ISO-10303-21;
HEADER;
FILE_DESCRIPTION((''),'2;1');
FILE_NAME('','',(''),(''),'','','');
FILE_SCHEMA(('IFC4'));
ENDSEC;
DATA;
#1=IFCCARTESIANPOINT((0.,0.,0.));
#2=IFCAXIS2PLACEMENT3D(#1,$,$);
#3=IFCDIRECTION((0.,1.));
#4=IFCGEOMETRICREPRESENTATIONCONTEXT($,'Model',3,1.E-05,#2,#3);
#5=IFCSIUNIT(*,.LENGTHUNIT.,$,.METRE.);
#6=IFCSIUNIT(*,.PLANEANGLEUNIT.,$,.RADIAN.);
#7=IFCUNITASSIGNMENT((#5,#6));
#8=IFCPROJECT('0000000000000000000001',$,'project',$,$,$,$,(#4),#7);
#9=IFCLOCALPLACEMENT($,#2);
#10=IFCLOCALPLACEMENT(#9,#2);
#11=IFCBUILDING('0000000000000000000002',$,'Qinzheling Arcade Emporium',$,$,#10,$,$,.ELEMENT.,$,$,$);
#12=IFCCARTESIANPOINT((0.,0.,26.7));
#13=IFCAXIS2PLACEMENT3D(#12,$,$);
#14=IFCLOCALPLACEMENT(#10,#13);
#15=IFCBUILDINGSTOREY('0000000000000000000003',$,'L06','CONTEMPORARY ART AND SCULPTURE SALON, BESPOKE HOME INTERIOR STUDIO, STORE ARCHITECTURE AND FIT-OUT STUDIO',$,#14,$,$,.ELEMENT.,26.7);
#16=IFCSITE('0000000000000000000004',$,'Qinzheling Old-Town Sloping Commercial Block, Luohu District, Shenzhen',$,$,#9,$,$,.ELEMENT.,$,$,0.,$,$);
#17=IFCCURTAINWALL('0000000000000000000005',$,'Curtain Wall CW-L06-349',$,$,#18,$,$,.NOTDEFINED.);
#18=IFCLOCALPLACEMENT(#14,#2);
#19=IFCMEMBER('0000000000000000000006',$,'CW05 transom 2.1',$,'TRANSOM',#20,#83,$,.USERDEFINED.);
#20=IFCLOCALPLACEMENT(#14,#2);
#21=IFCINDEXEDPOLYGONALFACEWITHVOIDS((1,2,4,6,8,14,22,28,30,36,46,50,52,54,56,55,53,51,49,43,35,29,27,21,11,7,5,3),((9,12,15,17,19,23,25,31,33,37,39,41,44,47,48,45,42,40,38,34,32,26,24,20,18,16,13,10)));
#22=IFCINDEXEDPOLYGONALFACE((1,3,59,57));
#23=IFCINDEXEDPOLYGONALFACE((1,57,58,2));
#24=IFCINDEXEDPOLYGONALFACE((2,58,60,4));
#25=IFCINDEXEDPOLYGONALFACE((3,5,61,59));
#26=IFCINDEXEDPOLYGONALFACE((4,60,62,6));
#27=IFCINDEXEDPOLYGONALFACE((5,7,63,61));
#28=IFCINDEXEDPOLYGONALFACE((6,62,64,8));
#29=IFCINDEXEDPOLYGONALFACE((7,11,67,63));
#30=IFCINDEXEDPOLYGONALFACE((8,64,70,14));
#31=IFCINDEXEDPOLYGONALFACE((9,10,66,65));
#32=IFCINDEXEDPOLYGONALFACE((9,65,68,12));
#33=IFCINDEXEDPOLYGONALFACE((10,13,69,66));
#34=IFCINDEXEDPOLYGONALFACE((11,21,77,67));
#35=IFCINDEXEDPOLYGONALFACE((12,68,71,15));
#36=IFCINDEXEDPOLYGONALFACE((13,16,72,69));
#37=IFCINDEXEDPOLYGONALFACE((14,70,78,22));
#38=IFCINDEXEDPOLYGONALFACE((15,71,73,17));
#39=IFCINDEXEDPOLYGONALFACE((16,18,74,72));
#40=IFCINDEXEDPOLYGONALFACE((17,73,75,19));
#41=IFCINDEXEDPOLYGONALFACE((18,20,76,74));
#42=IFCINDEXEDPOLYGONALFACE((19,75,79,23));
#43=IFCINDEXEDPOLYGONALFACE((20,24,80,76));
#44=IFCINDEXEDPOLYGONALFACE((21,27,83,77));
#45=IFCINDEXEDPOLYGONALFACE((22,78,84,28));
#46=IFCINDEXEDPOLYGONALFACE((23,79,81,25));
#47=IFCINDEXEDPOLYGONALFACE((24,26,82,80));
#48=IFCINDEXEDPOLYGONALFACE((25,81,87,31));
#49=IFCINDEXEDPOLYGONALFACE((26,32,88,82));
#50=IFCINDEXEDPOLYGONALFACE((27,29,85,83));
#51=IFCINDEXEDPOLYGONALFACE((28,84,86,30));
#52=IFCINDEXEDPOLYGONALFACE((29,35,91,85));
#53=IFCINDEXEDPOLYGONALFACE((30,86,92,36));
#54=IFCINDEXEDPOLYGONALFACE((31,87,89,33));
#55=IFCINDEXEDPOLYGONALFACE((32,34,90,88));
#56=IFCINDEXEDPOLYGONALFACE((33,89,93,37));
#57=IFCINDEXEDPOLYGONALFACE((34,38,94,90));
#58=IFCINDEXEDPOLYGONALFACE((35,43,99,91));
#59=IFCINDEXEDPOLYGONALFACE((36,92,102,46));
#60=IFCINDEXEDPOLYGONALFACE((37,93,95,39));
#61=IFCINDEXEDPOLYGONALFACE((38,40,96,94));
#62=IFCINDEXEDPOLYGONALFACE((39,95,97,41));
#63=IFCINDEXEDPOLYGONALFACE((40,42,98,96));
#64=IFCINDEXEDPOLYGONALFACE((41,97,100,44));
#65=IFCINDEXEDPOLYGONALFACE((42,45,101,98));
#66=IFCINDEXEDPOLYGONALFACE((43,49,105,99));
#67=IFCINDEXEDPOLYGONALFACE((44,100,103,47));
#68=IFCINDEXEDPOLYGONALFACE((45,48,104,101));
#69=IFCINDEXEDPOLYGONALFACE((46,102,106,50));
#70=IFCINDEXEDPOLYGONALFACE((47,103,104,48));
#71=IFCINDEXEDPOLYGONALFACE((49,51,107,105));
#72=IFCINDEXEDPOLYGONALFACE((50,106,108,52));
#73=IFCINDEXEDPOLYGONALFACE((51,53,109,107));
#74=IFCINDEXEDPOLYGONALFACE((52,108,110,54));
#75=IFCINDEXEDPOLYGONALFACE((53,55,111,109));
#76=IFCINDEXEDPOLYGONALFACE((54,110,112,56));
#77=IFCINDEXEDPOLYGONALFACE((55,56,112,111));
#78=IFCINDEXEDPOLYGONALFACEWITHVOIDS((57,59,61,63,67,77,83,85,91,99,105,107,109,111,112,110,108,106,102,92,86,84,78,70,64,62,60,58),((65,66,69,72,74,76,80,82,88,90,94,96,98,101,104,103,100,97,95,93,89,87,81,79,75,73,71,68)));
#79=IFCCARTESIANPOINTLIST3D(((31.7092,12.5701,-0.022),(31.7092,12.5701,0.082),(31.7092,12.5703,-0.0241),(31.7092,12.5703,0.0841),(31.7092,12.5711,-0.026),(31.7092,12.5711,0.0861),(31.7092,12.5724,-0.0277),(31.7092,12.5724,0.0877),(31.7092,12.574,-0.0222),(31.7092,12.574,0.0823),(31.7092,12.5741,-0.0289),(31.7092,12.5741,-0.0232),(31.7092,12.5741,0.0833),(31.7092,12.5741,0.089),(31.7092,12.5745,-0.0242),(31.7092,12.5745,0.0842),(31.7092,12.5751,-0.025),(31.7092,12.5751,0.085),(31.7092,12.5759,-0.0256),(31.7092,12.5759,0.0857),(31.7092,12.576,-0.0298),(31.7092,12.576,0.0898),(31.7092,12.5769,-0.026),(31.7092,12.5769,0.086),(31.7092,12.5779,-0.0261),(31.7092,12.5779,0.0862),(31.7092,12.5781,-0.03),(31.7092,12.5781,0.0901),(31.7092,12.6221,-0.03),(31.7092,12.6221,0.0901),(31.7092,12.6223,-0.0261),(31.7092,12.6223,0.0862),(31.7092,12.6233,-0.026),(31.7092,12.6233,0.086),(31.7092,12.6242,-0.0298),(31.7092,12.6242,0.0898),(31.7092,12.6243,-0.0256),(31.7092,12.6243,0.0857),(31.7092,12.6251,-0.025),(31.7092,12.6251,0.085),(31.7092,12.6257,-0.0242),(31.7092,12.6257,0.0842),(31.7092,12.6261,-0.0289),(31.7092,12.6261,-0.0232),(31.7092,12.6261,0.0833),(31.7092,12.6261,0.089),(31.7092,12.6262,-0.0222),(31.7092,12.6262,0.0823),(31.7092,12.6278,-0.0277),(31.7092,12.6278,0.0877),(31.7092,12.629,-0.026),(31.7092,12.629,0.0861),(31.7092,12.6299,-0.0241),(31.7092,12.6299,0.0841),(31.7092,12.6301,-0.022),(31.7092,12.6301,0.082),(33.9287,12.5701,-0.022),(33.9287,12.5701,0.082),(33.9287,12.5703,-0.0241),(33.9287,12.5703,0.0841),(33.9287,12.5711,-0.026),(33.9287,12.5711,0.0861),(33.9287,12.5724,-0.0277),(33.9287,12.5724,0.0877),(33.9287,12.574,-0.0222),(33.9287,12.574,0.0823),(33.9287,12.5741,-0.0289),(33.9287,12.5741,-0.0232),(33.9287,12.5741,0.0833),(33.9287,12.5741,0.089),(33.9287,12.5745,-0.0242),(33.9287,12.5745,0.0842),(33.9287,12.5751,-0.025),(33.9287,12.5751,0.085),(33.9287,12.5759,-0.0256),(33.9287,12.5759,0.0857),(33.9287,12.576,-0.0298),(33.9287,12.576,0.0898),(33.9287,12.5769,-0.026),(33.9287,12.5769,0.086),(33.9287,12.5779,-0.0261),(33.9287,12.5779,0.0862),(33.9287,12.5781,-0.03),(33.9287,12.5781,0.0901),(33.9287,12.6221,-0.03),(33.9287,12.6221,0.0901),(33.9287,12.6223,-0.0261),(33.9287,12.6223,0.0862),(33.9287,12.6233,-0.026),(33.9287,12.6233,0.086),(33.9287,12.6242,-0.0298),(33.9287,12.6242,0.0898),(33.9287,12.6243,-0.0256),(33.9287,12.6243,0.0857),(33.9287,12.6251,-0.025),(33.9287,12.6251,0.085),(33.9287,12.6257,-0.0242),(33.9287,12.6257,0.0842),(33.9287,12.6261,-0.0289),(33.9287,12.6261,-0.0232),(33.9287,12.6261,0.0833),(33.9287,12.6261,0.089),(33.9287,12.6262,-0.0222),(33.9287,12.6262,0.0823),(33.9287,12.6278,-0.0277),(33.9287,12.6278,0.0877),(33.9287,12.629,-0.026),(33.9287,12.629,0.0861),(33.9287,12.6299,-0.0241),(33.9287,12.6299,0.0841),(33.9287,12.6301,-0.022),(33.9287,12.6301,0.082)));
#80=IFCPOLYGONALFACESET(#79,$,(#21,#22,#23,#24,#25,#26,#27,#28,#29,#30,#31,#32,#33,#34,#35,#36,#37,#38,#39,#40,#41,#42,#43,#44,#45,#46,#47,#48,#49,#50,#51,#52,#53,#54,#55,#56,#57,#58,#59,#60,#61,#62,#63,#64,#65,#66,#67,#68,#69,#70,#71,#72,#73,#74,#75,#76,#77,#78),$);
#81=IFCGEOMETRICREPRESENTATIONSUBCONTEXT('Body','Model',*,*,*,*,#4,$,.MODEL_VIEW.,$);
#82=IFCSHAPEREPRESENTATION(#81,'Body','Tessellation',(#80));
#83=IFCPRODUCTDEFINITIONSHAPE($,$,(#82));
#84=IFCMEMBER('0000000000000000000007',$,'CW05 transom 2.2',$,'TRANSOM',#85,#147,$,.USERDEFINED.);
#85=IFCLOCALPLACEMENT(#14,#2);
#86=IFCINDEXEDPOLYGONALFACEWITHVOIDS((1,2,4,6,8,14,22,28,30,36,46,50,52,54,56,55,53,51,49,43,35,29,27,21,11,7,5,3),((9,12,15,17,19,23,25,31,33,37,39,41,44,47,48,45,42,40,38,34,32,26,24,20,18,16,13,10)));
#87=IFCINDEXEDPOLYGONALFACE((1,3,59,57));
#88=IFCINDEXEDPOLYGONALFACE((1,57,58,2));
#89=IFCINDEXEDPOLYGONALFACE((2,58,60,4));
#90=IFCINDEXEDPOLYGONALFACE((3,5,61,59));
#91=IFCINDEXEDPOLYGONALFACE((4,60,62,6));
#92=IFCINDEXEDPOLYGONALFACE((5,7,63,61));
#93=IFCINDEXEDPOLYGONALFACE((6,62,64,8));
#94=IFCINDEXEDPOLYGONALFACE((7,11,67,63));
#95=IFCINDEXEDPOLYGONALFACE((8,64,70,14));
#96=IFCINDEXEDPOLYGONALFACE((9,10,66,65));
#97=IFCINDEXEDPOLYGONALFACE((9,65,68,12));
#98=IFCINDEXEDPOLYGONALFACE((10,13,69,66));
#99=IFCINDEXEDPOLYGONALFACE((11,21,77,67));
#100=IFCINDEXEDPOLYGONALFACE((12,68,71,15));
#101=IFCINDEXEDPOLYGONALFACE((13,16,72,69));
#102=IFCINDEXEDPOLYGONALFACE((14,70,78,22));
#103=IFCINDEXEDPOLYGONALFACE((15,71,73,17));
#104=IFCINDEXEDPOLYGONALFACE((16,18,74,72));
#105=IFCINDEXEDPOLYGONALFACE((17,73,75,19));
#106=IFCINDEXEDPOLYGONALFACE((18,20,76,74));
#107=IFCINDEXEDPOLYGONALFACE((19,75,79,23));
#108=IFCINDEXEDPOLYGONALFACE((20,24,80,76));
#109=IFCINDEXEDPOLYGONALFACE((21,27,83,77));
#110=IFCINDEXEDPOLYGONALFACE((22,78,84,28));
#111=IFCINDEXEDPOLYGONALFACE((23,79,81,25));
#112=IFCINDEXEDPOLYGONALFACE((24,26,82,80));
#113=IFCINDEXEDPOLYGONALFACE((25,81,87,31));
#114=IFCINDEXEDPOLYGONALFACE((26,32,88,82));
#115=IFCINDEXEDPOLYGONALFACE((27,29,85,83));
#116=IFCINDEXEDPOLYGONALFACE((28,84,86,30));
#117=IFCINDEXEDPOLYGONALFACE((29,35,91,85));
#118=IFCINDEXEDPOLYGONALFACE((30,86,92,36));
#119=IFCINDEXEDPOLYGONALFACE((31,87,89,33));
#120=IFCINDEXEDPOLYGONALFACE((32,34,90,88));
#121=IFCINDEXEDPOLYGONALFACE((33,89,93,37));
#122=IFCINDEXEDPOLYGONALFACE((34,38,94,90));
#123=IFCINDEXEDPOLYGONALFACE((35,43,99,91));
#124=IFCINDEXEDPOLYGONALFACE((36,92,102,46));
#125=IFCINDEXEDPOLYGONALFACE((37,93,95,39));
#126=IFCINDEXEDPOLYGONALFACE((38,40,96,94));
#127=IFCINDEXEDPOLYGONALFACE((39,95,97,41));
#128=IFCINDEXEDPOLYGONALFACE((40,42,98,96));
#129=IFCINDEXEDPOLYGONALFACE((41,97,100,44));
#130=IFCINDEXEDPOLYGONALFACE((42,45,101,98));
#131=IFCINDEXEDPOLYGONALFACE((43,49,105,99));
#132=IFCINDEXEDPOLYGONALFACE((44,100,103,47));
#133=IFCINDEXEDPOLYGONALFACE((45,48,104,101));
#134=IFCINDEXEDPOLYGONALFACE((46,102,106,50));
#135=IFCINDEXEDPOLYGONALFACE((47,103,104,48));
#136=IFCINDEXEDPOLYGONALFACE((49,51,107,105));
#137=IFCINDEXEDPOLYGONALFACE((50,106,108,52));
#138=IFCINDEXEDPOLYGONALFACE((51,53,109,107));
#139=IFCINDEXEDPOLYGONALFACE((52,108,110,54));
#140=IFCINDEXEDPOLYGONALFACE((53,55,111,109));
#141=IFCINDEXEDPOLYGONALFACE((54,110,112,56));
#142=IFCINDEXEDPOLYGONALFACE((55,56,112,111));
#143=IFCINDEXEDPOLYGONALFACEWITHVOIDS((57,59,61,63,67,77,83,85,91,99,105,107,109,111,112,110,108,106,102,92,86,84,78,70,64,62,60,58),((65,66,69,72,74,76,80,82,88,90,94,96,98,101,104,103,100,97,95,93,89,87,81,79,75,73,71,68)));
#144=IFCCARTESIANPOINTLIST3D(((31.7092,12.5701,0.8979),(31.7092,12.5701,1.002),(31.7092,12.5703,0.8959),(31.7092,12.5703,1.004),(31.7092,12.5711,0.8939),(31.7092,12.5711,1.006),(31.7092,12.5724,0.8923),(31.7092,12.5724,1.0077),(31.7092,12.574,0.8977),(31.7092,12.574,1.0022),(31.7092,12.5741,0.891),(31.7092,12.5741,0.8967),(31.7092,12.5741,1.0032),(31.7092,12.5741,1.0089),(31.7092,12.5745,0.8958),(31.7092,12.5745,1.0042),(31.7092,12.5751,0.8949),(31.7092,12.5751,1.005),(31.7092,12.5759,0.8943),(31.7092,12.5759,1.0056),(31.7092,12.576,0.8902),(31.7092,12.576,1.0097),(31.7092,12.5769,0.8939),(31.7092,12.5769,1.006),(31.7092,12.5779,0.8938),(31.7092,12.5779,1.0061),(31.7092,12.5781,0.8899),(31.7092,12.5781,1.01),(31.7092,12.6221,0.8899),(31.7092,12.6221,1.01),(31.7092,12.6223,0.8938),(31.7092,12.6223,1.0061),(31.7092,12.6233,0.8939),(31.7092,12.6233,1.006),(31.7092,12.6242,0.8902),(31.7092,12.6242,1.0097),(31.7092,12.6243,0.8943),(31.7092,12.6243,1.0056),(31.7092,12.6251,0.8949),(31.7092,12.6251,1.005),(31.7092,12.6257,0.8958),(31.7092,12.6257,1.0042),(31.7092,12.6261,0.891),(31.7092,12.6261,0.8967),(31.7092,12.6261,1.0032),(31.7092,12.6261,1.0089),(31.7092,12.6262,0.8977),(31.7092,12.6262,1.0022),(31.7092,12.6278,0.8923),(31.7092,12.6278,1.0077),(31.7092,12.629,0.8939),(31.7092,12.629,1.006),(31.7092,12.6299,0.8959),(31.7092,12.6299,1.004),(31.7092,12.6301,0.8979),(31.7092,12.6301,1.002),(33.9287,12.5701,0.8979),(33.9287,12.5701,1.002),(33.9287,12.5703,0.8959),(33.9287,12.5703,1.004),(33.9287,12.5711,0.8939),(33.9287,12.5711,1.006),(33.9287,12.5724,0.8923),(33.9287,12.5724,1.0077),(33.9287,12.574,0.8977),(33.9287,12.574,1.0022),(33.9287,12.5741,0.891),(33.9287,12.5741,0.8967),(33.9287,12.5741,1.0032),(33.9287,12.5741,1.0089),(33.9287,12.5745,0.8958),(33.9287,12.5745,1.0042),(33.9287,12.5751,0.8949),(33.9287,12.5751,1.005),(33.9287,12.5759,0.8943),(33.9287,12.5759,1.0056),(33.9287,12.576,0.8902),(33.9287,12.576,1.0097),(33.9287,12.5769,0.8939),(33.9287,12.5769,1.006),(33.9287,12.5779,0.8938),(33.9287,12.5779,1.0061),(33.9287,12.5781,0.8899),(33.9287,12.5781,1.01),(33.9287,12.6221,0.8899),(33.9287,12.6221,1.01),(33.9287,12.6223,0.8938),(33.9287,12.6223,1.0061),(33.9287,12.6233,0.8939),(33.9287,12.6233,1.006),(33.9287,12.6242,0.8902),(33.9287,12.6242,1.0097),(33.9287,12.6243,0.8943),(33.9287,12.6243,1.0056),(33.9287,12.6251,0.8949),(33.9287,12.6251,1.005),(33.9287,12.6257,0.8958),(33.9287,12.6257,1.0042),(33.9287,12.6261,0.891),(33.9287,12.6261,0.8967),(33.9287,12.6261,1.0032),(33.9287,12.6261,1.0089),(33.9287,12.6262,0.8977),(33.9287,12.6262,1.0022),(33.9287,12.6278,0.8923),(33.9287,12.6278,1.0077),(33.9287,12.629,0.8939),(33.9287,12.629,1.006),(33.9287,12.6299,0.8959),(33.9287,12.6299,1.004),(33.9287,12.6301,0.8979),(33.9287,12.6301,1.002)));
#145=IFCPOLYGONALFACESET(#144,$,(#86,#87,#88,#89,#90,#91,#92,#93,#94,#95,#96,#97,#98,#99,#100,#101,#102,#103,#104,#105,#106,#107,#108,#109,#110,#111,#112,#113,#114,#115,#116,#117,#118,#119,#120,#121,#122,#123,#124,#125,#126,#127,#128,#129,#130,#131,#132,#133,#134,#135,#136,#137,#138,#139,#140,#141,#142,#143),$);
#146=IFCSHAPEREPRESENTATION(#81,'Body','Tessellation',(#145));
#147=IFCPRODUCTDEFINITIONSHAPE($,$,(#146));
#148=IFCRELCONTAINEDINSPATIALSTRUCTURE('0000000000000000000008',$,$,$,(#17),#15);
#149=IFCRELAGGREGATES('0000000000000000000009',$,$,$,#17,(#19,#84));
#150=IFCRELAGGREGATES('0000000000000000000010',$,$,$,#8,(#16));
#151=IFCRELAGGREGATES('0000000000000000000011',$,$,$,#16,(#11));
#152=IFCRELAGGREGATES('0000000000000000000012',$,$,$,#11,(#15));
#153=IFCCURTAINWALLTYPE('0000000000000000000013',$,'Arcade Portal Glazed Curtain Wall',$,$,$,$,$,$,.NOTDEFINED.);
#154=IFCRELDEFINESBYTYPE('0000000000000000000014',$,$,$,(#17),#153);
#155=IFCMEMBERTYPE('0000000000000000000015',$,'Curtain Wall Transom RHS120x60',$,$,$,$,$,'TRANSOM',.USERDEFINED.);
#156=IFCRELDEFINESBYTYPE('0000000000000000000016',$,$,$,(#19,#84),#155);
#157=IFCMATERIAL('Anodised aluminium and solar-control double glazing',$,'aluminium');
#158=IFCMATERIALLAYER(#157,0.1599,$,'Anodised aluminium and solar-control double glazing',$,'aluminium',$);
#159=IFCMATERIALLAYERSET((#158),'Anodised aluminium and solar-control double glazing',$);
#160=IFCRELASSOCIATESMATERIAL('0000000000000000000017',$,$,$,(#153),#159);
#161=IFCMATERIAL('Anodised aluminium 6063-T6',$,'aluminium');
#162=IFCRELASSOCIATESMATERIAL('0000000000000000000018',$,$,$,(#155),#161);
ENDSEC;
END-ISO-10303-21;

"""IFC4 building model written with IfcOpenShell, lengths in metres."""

from ifc_helpers import new_model, si_unit, direction, frame, origin, origin_2d, place, context, subcontext, project, spatial, hollow_rectangle, extrude, material, layer, layer_set, material_profile, profile_set, type_object, element, aggregate, save


model = new_model("IFC4")

# Units and contexts
model_context = context("Model", 3, precision=1e-05, world=origin(), true_north=direction((0.0, 1.0)))
body_context = subcontext(model_context, "Body", "Model", "MODEL_VIEW")
ifc_project = project(units=[si_unit("LENGTHUNIT", "METRE"), si_unit("PLANEANGLEUNIT", "RADIAN")], contexts=[model_context])

# Site, building, storey
site_placement = place(None, origin())
site = spatial("IfcSite", under=ifc_project, at=site_placement, Name="Qinzheling Old-Town Sloping Commercial Block, Luohu District, Shenzhen", CompositionType="ELEMENT", RefElevation=0.0)
building_placement = place(site_placement, origin())
building = spatial("IfcBuilding", under=site, at=building_placement, Name="Qinzheling Arcade Emporium", CompositionType="ELEMENT")
storey_placement = place(building_placement, frame((0.0, 0.0, 26.7)))
storey = spatial("IfcBuildingStorey", under=building, at=storey_placement, Name="L06", Description="CONTEMPORARY ART AND SCULPTURE SALON, BESPOKE HOME INTERIOR STUDIO, STORE ARCHITECTURE AND FIT-OUT STUDIO", CompositionType="ELEMENT", Elevation=26.7)

# Curtain wall
ifc_material_1 = material(Name="Anodised aluminium and solar-control double glazing", Category="aluminium")
ifc_layer_1 = layer(ifc_material_1, 0.1599, Name="Anodised aluminium and solar-control double glazing", Category="aluminium")
ifc_layer_set_1 = layer_set([ifc_layer_1], Name="Anodised aluminium and solar-control double glazing")
curtain_wall_type = type_object("IfcCurtainWallType", Name="Arcade Portal Glazed Curtain Wall", PredefinedType="NOTDEFINED", material=ifc_layer_set_1)
ifc_material_2 = material(Name="Anodised aluminium 6063-T6", Category="aluminium")
curtain_wall_1_placement = place(storey_placement, origin())
curtain_wall_1 = element("IfcCurtainWall", 1, at=curtain_wall_1_placement, inside=storey, type_object=curtain_wall_type, Name="Curtain Wall CW-L06-349", PredefinedType="NOTDEFINED")

# Members
ifc_material_profile_1 = material_profile(ifc_material_2, hollow_rectangle(XDim=0.0601, YDim=0.1201, WallThickness=0.0039, InnerFilletRadius=0.0039, OuterFilletRadius=0.0081, at=origin_2d()), Name="RHS 120x60x4", Category="aluminium")
ifc_profile_set_1 = profile_set([ifc_material_profile_1], Name="Anodised aluminium 6063-T6")
member_type_1 = type_object("IfcMemberType", Name="Curtain Wall Transom RHS120x60", ElementType="TRANSOM", PredefinedType="USERDEFINED", material=ifc_profile_set_1)
member_1_placement = place(storey_placement, frame((33.9287, 12.6001, 0.03), z_axis=(-1.0, 0.0, 0.0), x_axis=(0.0, -1.0, 0.0)))
member_1 = element("IfcMember", 2, at=member_1_placement, type_object=member_type_1, Name="CW05 transom 2.1", ObjectType="TRANSOM", PredefinedType="USERDEFINED", context=body_context, shape_type="SweptSolid", body=[
    extrude(hollow_rectangle(XDim=0.0601, YDim=0.1201, WallThickness=0.0039, InnerFilletRadius=0.0039, OuterFilletRadius=0.0081, at=origin_2d()), origin(), (0.0, 0.0, 1.0), 2.2195),
])
member_2_placement = place(storey_placement, frame((33.9287, 12.6001, 0.95), z_axis=(-1.0, 0.0, 0.0), x_axis=(0.0, -1.0, 0.0)))
member_2 = element("IfcMember", 3, at=member_2_placement, type_object=member_type_1, Name="CW05 transom 2.2", ObjectType="TRANSOM", PredefinedType="USERDEFINED", context=body_context, shape_type="SweptSolid", body=[
    extrude(hollow_rectangle(XDim=0.0601, YDim=0.1201, WallThickness=0.0039, InnerFilletRadius=0.0039, OuterFilletRadius=0.0081, at=origin_2d()), origin(), (0.0, 0.0, 1.0), 2.2195),
])

aggregate(curtain_wall_1, [member_1, member_2])

save(model, "model.ifc")
